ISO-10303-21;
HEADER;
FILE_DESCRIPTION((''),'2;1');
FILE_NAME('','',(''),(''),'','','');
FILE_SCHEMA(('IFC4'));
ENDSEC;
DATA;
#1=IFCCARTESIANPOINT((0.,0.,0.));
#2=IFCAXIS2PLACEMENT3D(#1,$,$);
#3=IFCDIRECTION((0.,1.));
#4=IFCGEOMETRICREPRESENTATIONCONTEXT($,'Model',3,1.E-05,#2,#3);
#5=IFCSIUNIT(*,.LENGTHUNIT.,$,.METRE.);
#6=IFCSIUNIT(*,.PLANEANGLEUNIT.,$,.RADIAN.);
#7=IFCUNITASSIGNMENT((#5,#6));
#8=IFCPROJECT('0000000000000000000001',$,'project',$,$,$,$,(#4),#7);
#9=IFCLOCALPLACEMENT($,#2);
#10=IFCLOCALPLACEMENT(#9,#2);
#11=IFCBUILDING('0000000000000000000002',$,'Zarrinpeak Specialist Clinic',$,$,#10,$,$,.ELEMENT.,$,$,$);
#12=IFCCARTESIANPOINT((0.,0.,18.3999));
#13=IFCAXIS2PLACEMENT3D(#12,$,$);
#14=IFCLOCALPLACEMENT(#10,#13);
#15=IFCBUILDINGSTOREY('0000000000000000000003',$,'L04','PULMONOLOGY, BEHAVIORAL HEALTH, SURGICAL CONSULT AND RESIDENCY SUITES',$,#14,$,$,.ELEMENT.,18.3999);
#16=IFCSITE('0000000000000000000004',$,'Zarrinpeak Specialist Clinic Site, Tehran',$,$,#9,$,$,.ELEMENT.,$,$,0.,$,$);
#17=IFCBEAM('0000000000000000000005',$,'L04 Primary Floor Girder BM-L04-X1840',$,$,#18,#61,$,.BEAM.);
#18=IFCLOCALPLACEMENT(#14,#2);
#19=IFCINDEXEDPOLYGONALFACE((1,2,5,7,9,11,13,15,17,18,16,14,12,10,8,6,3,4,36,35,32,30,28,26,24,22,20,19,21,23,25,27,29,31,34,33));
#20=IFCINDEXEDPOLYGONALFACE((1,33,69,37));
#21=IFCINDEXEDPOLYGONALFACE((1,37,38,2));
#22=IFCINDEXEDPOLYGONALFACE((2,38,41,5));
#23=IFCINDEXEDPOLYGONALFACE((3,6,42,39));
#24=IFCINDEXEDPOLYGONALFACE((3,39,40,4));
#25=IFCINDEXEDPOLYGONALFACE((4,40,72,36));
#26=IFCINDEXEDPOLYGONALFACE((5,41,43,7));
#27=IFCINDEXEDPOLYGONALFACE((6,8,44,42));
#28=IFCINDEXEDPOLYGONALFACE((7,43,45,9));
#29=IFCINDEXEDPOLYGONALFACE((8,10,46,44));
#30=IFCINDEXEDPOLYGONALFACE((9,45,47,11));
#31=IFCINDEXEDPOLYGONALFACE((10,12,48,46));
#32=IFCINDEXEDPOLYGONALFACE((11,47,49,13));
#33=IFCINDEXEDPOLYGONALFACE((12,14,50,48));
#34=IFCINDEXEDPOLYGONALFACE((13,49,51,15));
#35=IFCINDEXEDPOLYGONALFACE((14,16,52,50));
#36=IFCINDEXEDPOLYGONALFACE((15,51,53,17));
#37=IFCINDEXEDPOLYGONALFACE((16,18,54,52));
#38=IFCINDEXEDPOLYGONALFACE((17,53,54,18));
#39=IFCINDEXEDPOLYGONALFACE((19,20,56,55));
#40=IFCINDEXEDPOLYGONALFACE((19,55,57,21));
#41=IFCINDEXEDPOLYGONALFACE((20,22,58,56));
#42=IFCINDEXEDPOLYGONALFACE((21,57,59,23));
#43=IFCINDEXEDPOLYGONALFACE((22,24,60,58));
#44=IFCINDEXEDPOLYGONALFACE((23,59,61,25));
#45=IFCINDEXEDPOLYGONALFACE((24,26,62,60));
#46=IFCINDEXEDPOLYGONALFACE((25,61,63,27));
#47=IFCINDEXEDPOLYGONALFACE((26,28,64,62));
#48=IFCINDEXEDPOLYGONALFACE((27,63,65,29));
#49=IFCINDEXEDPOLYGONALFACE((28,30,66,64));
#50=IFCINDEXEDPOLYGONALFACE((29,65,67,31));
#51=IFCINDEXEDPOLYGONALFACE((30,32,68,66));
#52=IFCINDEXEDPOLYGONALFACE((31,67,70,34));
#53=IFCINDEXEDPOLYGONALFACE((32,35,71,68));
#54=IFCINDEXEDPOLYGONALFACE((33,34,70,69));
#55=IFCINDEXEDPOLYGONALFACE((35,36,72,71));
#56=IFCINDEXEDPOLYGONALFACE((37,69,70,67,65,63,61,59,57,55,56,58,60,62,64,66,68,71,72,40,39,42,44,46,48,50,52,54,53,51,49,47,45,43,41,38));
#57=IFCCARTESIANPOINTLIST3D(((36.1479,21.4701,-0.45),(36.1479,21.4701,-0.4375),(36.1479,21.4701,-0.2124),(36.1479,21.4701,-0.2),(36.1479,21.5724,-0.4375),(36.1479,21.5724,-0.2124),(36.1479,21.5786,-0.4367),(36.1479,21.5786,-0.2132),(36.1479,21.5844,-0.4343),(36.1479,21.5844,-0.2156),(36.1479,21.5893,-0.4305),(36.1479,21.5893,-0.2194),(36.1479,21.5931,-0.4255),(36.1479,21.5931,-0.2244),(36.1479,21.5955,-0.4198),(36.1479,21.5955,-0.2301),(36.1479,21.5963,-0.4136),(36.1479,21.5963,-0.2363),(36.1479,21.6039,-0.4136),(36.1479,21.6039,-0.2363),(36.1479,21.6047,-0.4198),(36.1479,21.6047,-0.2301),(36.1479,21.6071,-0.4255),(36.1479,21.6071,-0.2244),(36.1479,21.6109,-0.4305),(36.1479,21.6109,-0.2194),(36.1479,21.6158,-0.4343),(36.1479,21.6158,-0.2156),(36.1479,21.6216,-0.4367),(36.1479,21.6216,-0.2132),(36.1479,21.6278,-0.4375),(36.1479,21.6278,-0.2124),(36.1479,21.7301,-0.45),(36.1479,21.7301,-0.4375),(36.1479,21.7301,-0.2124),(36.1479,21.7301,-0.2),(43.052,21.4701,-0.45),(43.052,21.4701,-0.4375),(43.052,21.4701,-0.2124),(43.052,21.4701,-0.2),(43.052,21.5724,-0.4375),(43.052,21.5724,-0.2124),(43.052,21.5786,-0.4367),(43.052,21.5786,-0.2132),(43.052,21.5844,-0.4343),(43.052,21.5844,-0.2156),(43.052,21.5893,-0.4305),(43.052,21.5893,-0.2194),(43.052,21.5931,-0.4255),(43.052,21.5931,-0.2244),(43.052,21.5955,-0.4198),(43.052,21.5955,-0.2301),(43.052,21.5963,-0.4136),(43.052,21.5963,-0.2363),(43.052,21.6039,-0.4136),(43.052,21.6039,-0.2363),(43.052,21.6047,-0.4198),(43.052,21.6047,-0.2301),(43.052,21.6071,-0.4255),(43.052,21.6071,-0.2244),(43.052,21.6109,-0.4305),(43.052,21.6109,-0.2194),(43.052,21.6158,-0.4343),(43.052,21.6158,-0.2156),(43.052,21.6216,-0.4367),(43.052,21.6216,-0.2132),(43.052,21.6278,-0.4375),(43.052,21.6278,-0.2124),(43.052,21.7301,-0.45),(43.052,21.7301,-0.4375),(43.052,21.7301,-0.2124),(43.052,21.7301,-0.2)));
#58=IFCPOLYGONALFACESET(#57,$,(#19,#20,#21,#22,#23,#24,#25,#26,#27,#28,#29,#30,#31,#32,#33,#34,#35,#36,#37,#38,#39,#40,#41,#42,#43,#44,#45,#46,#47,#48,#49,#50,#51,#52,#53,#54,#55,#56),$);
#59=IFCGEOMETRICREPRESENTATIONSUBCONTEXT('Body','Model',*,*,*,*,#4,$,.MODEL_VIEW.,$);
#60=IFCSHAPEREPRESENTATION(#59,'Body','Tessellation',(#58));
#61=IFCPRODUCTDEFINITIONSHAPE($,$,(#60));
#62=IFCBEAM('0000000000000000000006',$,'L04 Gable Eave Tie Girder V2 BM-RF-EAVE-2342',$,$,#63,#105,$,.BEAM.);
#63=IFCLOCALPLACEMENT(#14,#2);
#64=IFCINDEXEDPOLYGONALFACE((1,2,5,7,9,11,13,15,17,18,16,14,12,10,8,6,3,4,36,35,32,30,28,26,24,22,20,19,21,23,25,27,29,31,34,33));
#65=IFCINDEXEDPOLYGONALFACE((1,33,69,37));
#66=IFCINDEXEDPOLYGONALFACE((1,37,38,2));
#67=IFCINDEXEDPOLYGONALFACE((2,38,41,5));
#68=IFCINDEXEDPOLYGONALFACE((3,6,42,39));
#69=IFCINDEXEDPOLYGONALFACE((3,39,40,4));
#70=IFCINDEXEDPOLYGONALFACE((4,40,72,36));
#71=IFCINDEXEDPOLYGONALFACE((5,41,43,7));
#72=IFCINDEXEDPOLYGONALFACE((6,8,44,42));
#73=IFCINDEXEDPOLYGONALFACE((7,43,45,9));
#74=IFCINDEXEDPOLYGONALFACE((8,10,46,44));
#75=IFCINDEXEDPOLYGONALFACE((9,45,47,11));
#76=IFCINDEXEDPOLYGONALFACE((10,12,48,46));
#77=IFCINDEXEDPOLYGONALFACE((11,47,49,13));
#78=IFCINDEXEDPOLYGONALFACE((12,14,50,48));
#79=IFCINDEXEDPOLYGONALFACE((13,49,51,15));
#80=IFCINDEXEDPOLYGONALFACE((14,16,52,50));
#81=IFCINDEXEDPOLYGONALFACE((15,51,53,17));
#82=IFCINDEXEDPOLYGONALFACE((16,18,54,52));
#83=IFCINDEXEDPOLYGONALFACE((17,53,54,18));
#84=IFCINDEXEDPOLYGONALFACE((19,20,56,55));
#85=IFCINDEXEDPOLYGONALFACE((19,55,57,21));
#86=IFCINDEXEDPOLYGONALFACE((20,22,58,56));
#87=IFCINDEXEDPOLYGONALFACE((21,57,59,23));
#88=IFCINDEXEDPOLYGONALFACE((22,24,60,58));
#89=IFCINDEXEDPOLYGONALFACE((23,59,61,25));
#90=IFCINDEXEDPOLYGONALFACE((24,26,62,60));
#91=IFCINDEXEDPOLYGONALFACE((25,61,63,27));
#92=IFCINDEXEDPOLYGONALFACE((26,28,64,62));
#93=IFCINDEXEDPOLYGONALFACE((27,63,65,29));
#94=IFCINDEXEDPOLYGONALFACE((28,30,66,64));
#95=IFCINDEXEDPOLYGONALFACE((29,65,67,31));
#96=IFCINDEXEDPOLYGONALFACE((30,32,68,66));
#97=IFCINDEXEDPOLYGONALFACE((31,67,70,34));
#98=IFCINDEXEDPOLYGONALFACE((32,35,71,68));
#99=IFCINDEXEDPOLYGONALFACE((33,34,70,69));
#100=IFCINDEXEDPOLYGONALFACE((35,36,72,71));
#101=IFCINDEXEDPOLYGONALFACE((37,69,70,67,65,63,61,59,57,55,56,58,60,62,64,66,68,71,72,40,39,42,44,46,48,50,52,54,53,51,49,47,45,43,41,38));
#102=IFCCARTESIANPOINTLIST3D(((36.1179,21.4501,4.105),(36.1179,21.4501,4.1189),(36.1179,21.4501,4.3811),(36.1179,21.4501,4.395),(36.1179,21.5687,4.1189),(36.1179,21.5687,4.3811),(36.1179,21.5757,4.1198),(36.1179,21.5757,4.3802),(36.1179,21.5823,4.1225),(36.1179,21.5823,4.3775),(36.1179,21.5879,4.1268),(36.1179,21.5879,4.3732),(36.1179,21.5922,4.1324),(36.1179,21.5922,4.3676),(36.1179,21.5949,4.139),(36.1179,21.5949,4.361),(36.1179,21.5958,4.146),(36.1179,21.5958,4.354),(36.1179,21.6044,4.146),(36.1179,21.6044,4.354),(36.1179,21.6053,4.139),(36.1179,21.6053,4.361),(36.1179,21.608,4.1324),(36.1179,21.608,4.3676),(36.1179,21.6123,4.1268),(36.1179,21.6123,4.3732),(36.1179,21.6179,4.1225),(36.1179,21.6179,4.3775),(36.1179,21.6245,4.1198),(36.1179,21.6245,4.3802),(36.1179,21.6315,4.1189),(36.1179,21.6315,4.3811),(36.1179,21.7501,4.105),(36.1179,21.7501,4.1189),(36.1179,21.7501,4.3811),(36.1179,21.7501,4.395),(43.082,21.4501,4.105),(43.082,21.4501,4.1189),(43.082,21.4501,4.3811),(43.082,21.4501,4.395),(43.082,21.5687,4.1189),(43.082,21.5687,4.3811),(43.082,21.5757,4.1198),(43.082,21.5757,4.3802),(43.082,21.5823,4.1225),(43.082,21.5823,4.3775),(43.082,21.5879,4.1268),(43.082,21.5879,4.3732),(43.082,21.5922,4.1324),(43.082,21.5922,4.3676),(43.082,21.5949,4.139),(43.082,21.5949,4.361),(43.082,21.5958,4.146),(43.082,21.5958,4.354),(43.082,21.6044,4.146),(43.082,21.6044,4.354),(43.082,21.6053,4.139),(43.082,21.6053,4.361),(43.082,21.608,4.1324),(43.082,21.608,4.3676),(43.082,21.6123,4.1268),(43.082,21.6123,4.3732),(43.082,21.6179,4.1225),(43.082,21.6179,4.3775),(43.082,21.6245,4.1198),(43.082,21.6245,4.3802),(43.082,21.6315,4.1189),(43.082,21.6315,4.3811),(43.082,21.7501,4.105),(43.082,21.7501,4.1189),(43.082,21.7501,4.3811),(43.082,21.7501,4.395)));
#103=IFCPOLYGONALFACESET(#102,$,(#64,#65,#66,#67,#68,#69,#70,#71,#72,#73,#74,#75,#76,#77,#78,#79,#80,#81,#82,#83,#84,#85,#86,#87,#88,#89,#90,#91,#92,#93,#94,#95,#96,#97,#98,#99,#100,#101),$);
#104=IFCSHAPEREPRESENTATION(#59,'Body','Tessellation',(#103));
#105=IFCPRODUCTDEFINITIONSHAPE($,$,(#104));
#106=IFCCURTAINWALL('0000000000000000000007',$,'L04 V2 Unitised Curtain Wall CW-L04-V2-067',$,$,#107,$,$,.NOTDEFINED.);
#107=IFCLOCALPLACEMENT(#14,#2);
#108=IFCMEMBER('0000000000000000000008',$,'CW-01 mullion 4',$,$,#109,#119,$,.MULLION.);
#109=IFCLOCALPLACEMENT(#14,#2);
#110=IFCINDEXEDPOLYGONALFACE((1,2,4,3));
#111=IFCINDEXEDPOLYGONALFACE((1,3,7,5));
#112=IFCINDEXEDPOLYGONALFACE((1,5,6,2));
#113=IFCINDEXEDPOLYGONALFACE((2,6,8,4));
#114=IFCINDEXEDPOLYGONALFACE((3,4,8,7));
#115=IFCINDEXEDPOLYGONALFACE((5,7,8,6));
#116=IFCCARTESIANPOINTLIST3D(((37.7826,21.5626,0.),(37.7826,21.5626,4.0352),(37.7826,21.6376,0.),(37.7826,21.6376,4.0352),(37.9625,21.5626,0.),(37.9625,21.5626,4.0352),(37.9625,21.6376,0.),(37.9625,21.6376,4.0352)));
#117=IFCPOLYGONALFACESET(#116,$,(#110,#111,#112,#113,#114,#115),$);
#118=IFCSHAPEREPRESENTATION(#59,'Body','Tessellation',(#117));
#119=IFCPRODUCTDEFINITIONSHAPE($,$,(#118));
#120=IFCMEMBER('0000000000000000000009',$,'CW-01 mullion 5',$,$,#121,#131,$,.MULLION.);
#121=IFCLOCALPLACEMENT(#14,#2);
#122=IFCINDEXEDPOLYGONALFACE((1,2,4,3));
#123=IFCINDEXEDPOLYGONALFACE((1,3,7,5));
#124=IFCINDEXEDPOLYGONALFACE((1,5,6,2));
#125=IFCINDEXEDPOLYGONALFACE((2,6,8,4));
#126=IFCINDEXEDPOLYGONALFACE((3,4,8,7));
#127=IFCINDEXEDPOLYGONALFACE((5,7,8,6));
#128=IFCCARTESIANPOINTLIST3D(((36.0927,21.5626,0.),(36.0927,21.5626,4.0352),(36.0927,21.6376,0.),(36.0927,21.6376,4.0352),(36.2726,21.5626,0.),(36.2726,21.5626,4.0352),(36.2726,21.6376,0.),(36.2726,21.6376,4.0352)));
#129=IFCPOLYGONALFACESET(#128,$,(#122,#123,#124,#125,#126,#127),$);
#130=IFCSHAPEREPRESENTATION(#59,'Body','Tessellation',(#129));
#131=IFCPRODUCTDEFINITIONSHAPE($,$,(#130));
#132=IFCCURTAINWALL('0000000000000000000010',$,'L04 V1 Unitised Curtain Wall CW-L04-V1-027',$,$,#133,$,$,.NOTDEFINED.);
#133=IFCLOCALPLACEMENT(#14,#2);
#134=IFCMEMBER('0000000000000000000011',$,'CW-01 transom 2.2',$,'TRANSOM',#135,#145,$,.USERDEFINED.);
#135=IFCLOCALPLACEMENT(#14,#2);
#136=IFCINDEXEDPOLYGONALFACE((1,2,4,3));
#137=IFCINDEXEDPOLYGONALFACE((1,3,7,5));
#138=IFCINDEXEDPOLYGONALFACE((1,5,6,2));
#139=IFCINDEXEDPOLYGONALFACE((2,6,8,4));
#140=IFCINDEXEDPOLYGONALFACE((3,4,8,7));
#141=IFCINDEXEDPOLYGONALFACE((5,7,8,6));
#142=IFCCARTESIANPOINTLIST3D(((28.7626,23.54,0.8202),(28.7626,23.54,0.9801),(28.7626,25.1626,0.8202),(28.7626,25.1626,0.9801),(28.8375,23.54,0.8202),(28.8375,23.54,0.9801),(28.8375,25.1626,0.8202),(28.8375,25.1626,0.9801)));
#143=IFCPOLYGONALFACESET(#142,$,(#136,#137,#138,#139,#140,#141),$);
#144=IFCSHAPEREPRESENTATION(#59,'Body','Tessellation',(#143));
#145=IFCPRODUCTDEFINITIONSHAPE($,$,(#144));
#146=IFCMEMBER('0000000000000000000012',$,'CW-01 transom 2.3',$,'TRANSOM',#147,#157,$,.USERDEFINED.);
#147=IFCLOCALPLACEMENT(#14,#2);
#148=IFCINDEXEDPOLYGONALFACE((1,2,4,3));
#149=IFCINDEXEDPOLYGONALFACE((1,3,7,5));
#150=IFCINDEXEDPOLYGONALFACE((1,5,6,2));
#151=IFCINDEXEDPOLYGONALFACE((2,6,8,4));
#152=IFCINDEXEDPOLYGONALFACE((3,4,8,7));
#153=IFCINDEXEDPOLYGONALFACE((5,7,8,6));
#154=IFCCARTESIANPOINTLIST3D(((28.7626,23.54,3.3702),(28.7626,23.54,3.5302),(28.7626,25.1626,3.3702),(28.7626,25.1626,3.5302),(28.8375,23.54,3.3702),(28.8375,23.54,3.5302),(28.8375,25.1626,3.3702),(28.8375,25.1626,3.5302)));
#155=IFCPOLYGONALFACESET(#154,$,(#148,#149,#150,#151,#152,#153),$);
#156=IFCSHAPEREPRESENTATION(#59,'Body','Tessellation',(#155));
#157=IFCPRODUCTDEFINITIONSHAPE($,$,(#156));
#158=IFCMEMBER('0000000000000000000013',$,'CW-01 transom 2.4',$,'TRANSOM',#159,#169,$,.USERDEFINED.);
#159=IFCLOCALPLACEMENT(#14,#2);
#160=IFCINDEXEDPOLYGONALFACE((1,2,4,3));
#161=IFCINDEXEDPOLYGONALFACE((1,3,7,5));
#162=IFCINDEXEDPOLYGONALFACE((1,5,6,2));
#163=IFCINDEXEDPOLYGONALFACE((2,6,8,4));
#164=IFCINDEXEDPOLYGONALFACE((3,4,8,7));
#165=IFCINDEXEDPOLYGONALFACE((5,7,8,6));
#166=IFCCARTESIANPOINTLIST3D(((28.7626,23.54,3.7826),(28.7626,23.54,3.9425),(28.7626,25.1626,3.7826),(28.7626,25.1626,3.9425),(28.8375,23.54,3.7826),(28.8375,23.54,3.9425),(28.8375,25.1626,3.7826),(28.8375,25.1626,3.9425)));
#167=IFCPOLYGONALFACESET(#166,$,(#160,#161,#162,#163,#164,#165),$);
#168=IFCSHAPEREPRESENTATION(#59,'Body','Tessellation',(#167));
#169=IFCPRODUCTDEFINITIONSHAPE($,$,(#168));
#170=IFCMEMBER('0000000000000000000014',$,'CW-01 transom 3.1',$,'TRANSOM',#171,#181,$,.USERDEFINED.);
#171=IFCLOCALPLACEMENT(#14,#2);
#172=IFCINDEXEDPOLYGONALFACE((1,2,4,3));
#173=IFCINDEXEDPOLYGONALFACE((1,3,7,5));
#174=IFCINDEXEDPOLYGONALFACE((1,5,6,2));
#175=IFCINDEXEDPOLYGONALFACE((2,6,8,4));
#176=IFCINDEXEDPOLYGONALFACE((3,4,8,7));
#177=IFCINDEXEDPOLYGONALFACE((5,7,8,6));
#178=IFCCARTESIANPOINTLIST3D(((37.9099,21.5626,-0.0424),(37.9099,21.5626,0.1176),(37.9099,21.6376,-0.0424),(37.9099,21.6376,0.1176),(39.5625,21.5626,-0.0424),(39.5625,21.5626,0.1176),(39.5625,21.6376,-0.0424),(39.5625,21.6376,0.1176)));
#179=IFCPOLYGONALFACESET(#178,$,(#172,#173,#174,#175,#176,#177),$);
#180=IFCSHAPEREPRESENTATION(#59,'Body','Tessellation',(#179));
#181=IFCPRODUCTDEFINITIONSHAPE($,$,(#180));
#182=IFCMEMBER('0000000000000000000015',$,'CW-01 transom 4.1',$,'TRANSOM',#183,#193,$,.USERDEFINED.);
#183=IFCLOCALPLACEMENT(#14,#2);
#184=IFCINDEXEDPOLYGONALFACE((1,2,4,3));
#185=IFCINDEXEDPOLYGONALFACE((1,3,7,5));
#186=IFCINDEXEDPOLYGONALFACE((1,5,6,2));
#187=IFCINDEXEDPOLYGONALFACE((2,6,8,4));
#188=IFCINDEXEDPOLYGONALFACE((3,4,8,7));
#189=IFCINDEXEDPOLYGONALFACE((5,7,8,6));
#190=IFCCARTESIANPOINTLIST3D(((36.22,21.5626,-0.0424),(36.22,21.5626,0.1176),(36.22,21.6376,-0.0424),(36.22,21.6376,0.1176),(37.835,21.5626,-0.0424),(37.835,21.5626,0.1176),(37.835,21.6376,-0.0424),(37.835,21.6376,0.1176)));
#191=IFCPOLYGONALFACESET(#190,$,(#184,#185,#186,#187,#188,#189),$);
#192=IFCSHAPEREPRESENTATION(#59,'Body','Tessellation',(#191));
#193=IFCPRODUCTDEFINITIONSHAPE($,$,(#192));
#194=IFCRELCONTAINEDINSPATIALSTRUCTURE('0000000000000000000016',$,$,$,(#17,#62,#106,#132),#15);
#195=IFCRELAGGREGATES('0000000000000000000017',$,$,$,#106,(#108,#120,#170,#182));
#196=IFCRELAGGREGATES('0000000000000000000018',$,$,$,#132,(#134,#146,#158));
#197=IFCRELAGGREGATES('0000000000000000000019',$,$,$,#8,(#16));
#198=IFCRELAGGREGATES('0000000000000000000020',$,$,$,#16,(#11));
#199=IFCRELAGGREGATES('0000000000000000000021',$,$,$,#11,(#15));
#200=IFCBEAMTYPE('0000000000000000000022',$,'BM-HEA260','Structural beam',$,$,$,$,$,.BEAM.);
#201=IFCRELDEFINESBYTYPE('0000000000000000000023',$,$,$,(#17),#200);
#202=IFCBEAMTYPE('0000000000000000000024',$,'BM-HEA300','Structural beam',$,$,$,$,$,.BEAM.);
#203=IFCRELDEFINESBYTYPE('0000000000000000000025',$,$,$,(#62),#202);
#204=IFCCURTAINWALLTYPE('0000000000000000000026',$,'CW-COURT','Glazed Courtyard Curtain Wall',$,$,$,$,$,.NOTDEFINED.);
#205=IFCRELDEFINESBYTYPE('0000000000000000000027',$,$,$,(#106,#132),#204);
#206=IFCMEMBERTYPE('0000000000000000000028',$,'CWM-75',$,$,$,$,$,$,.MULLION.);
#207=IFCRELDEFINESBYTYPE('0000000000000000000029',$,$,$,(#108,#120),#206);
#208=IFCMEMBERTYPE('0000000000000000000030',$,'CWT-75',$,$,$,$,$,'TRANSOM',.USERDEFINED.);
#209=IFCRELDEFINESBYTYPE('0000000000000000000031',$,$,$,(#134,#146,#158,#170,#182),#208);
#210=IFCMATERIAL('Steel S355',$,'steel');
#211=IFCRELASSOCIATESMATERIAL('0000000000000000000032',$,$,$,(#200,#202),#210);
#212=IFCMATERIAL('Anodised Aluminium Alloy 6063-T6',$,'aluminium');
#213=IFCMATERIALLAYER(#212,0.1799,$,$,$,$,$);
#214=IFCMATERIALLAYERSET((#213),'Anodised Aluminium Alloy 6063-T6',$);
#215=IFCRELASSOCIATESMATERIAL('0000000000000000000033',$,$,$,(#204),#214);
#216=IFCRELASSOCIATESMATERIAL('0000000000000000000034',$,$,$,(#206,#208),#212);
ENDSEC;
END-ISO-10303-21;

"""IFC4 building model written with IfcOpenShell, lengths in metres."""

from ifc_helpers import new_model, si_unit, direction, frame, origin, origin_2d, place, context, subcontext, project, spatial, rectangle, i_section, extrude, material, layer, layer_set, material_profile, profile_set, type_object, element, aggregate, save


model = new_model("IFC4")

# Units and contexts
model_context = context("Model", 3, precision=1e-05, world=origin(), true_north=direction((0.0, 1.0)))
body_context = subcontext(model_context, "Body", "Model", "MODEL_VIEW")
ifc_project = project(units=[si_unit("LENGTHUNIT", "METRE"), si_unit("PLANEANGLEUNIT", "RADIAN")], contexts=[model_context])

# Site, building, storey
site_placement = place(None, origin())
site = spatial("IfcSite", under=ifc_project, at=site_placement, Name="Zarrinpeak Specialist Clinic Site, Tehran", CompositionType="ELEMENT", RefElevation=0.0)
building_placement = place(site_placement, origin())
building = spatial("IfcBuilding", under=site, at=building_placement, Name="Zarrinpeak Specialist Clinic", CompositionType="ELEMENT")
storey_placement = place(building_placement, frame((0.0, 0.0, 18.3999)))
storey = spatial("IfcBuildingStorey", under=building, at=storey_placement, Name="L04", Description="PULMONOLOGY, BEHAVIORAL HEALTH, SURGICAL CONSULT AND RESIDENCY SUITES", CompositionType="ELEMENT", Elevation=18.3999)

# Beams
ifc_material_1 = material(Name="Steel S355", Category="steel")
ifc_material_profile_1 = material_profile(ifc_material_1, i_section(OverallWidth=0.26, OverallDepth=0.25, WebThickness=0.0076, FlangeThickness=0.0125, FilletRadius=0.0239, at=origin_2d()), Name="HEA 260")
ifc_profile_set_1 = profile_set([ifc_material_profile_1], Name="Steel S355")
beam_type_1 = type_object("IfcBeamType", Name="BM-HEA260", Description="Structural beam", PredefinedType="BEAM", material=ifc_profile_set_1)
beam_1_placement = place(storey_placement, frame((36.1479, 21.6001, -0.325), z_axis=(1.0, 0.0, 0.0), x_axis=(0.0, 1.0, 0.0)))
element("IfcBeam", 1, at=beam_1_placement, inside=storey, type_object=beam_type_1, Name="L04 Primary Floor Girder BM-L04-X1840", PredefinedType="BEAM", context=body_context, shape_type="SweptSolid", body=[
    extrude(i_section(OverallWidth=0.26, OverallDepth=0.25, WebThickness=0.0076, FlangeThickness=0.0125, FilletRadius=0.0239, at=origin_2d()), origin(), (0.0, 0.0, 1.0), 6.9041),
])
ifc_material_profile_2 = material_profile(ifc_material_1, i_section(OverallWidth=0.3, OverallDepth=0.29, WebThickness=0.0085, FlangeThickness=0.0139, FilletRadius=0.0271, at=origin_2d()), Name="HEA 300")
ifc_profile_set_2 = profile_set([ifc_material_profile_2], Name="Steel S355")
beam_type_2 = type_object("IfcBeamType", Name="BM-HEA300", Description="Structural beam", PredefinedType="BEAM", material=ifc_profile_set_2)
beam_2_placement = place(storey_placement, frame((36.1179, 21.6001, 4.25), z_axis=(1.0, 0.0, 0.0), x_axis=(0.0, 1.0, 0.0)))
element("IfcBeam", 2, at=beam_2_placement, inside=storey, type_object=beam_type_2, Name="L04 Gable Eave Tie Girder V2 BM-RF-EAVE-2342", PredefinedType="BEAM", context=body_context, shape_type="SweptSolid", body=[
    extrude(i_section(OverallWidth=0.3, OverallDepth=0.29, WebThickness=0.0085, FlangeThickness=0.0139, FilletRadius=0.0271, at=origin_2d()), origin(), (0.0, 0.0, 1.0), 6.9641),
])

# Curtain walls, members
ifc_material_2 = material(Name="Anodised Aluminium Alloy 6063-T6", Category="aluminium")
ifc_layer_1 = layer(ifc_material_2, 0.1799)
ifc_layer_set_1 = layer_set([ifc_layer_1], Name="Anodised Aluminium Alloy 6063-T6")
curtain_wall_type = type_object("IfcCurtainWallType", Name="CW-COURT", Description="Glazed Courtyard Curtain Wall", PredefinedType="NOTDEFINED", material=ifc_layer_set_1)
curtain_wall_1_placement = place(storey_placement, origin())
curtain_wall_1 = element("IfcCurtainWall", 3, at=curtain_wall_1_placement, inside=storey, type_object=curtain_wall_type, Name="L04 V2 Unitised Curtain Wall CW-L04-V2-067", PredefinedType="NOTDEFINED")
ifc_material_profile_3 = material_profile(ifc_material_2, rectangle(XDim=0.075, YDim=0.1799, at=origin_2d()), Name="ALU 75x180")
ifc_profile_set_3 = profile_set([ifc_material_profile_3], Name="Anodised Aluminium Alloy 6063-T6")
member_type_1 = type_object("IfcMemberType", Name="CWM-75", PredefinedType="MULLION", material=ifc_profile_set_3)
member_1_placement = place(storey_placement, frame((37.8726, 21.6001, 0.0), z_axis=(0.0, 0.0, 1.0), x_axis=(0.0, -1.0, 0.0)))
member_1 = element("IfcMember", 4, at=member_1_placement, type_object=member_type_1, Name="CW-01 mullion 4", PredefinedType="MULLION", context=body_context, shape_type="SweptSolid", body=[
    extrude(rectangle(XDim=0.075, YDim=0.1799, at=origin_2d()), origin(), (0.0, 0.0, 1.0), 4.0352),
])
member_2_placement = place(storey_placement, frame((36.1826, 21.6001, 0.0), z_axis=(0.0, 0.0, 1.0), x_axis=(0.0, -1.0, 0.0)))
member_2 = element("IfcMember", 5, at=member_2_placement, type_object=member_type_1, Name="CW-01 mullion 5", PredefinedType="MULLION", context=body_context, shape_type="SweptSolid", body=[
    extrude(rectangle(XDim=0.075, YDim=0.1799, at=origin_2d()), origin(), (0.0, 0.0, 1.0), 4.0352),
])
curtain_wall_2_placement = place(storey_placement, origin())
curtain_wall_2 = element("IfcCurtainWall", 6, at=curtain_wall_2_placement, inside=storey, type_object=curtain_wall_type, Name="L04 V1 Unitised Curtain Wall CW-L04-V1-027", PredefinedType="NOTDEFINED")
ifc_material_profile_4 = material_profile(ifc_material_2, rectangle(XDim=0.075, YDim=0.1599, at=origin_2d()), Name="ALU 75x160")
ifc_profile_set_4 = profile_set([ifc_material_profile_4], Name="Anodised Aluminium Alloy 6063-T6")
member_type_2 = type_object("IfcMemberType", Name="CWT-75", ElementType="TRANSOM", PredefinedType="USERDEFINED", material=ifc_profile_set_4)
member_3_placement = place(storey_placement, frame((28.8, 23.54, 0.9001), z_axis=(0.0, 1.0, 0.0), x_axis=(-1.0, 0.0, 0.0)))
member_3 = element("IfcMember", 7, at=member_3_placement, type_object=member_type_2, Name="CW-01 transom 2.2", ObjectType="TRANSOM", PredefinedType="USERDEFINED", context=body_context, shape_type="SweptSolid", body=[
    extrude(rectangle(XDim=0.075, YDim=0.1599, at=origin_2d()), origin(), (0.0, 0.0, 1.0), 1.6226),
])
member_4_placement = place(storey_placement, frame((28.8, 23.54, 3.4502), z_axis=(0.0, 1.0, 0.0), x_axis=(-1.0, 0.0, 0.0)))
member_4 = element("IfcMember", 8, at=member_4_placement, type_object=member_type_2, Name="CW-01 transom 2.3", ObjectType="TRANSOM", PredefinedType="USERDEFINED", context=body_context, shape_type="SweptSolid", body=[
    extrude(rectangle(XDim=0.075, YDim=0.1599, at=origin_2d()), origin(), (0.0, 0.0, 1.0), 1.6226),
])
member_5_placement = place(storey_placement, frame((28.8, 23.54, 3.8625), z_axis=(0.0, 1.0, 0.0), x_axis=(-1.0, 0.0, 0.0)))
member_5 = element("IfcMember", 9, at=member_5_placement, type_object=member_type_2, Name="CW-01 transom 2.4", ObjectType="TRANSOM", PredefinedType="USERDEFINED", context=body_context, shape_type="SweptSolid", body=[
    extrude(rectangle(XDim=0.075, YDim=0.1599, at=origin_2d()), origin(), (0.0, 0.0, 1.0), 1.6226),
])

# Members
member_6_placement = place(storey_placement, frame((39.5625, 21.6001, 0.0376), z_axis=(-1.0, 0.0, 0.0), x_axis=(0.0, -1.0, 0.0)))
member_6 = element("IfcMember", 10, at=member_6_placement, type_object=member_type_2, Name="CW-01 transom 3.1", ObjectType="TRANSOM", PredefinedType="USERDEFINED", context=body_context, shape_type="SweptSolid", body=[
    extrude(rectangle(XDim=0.075, YDim=0.1599, at=origin_2d()), origin(), (0.0, 0.0, 1.0), 1.6526),
])
member_7_placement = place(storey_placement, frame((37.835, 21.6001, 0.0376), z_axis=(-1.0, 0.0, 0.0), x_axis=(0.0, -1.0, 0.0)))
member_7 = element("IfcMember", 11, at=member_7_placement, type_object=member_type_2, Name="CW-01 transom 4.1", ObjectType="TRANSOM", PredefinedType="USERDEFINED", context=body_context, shape_type="SweptSolid", body=[
    extrude(rectangle(XDim=0.075, YDim=0.1599, at=origin_2d()), origin(), (0.0, 0.0, 1.0), 1.615),
])

aggregate(curtain_wall_1, [member_1, member_2, member_6, member_7])
aggregate(curtain_wall_2, [member_3, member_4, member_5])

save(model, "model.ifc")
